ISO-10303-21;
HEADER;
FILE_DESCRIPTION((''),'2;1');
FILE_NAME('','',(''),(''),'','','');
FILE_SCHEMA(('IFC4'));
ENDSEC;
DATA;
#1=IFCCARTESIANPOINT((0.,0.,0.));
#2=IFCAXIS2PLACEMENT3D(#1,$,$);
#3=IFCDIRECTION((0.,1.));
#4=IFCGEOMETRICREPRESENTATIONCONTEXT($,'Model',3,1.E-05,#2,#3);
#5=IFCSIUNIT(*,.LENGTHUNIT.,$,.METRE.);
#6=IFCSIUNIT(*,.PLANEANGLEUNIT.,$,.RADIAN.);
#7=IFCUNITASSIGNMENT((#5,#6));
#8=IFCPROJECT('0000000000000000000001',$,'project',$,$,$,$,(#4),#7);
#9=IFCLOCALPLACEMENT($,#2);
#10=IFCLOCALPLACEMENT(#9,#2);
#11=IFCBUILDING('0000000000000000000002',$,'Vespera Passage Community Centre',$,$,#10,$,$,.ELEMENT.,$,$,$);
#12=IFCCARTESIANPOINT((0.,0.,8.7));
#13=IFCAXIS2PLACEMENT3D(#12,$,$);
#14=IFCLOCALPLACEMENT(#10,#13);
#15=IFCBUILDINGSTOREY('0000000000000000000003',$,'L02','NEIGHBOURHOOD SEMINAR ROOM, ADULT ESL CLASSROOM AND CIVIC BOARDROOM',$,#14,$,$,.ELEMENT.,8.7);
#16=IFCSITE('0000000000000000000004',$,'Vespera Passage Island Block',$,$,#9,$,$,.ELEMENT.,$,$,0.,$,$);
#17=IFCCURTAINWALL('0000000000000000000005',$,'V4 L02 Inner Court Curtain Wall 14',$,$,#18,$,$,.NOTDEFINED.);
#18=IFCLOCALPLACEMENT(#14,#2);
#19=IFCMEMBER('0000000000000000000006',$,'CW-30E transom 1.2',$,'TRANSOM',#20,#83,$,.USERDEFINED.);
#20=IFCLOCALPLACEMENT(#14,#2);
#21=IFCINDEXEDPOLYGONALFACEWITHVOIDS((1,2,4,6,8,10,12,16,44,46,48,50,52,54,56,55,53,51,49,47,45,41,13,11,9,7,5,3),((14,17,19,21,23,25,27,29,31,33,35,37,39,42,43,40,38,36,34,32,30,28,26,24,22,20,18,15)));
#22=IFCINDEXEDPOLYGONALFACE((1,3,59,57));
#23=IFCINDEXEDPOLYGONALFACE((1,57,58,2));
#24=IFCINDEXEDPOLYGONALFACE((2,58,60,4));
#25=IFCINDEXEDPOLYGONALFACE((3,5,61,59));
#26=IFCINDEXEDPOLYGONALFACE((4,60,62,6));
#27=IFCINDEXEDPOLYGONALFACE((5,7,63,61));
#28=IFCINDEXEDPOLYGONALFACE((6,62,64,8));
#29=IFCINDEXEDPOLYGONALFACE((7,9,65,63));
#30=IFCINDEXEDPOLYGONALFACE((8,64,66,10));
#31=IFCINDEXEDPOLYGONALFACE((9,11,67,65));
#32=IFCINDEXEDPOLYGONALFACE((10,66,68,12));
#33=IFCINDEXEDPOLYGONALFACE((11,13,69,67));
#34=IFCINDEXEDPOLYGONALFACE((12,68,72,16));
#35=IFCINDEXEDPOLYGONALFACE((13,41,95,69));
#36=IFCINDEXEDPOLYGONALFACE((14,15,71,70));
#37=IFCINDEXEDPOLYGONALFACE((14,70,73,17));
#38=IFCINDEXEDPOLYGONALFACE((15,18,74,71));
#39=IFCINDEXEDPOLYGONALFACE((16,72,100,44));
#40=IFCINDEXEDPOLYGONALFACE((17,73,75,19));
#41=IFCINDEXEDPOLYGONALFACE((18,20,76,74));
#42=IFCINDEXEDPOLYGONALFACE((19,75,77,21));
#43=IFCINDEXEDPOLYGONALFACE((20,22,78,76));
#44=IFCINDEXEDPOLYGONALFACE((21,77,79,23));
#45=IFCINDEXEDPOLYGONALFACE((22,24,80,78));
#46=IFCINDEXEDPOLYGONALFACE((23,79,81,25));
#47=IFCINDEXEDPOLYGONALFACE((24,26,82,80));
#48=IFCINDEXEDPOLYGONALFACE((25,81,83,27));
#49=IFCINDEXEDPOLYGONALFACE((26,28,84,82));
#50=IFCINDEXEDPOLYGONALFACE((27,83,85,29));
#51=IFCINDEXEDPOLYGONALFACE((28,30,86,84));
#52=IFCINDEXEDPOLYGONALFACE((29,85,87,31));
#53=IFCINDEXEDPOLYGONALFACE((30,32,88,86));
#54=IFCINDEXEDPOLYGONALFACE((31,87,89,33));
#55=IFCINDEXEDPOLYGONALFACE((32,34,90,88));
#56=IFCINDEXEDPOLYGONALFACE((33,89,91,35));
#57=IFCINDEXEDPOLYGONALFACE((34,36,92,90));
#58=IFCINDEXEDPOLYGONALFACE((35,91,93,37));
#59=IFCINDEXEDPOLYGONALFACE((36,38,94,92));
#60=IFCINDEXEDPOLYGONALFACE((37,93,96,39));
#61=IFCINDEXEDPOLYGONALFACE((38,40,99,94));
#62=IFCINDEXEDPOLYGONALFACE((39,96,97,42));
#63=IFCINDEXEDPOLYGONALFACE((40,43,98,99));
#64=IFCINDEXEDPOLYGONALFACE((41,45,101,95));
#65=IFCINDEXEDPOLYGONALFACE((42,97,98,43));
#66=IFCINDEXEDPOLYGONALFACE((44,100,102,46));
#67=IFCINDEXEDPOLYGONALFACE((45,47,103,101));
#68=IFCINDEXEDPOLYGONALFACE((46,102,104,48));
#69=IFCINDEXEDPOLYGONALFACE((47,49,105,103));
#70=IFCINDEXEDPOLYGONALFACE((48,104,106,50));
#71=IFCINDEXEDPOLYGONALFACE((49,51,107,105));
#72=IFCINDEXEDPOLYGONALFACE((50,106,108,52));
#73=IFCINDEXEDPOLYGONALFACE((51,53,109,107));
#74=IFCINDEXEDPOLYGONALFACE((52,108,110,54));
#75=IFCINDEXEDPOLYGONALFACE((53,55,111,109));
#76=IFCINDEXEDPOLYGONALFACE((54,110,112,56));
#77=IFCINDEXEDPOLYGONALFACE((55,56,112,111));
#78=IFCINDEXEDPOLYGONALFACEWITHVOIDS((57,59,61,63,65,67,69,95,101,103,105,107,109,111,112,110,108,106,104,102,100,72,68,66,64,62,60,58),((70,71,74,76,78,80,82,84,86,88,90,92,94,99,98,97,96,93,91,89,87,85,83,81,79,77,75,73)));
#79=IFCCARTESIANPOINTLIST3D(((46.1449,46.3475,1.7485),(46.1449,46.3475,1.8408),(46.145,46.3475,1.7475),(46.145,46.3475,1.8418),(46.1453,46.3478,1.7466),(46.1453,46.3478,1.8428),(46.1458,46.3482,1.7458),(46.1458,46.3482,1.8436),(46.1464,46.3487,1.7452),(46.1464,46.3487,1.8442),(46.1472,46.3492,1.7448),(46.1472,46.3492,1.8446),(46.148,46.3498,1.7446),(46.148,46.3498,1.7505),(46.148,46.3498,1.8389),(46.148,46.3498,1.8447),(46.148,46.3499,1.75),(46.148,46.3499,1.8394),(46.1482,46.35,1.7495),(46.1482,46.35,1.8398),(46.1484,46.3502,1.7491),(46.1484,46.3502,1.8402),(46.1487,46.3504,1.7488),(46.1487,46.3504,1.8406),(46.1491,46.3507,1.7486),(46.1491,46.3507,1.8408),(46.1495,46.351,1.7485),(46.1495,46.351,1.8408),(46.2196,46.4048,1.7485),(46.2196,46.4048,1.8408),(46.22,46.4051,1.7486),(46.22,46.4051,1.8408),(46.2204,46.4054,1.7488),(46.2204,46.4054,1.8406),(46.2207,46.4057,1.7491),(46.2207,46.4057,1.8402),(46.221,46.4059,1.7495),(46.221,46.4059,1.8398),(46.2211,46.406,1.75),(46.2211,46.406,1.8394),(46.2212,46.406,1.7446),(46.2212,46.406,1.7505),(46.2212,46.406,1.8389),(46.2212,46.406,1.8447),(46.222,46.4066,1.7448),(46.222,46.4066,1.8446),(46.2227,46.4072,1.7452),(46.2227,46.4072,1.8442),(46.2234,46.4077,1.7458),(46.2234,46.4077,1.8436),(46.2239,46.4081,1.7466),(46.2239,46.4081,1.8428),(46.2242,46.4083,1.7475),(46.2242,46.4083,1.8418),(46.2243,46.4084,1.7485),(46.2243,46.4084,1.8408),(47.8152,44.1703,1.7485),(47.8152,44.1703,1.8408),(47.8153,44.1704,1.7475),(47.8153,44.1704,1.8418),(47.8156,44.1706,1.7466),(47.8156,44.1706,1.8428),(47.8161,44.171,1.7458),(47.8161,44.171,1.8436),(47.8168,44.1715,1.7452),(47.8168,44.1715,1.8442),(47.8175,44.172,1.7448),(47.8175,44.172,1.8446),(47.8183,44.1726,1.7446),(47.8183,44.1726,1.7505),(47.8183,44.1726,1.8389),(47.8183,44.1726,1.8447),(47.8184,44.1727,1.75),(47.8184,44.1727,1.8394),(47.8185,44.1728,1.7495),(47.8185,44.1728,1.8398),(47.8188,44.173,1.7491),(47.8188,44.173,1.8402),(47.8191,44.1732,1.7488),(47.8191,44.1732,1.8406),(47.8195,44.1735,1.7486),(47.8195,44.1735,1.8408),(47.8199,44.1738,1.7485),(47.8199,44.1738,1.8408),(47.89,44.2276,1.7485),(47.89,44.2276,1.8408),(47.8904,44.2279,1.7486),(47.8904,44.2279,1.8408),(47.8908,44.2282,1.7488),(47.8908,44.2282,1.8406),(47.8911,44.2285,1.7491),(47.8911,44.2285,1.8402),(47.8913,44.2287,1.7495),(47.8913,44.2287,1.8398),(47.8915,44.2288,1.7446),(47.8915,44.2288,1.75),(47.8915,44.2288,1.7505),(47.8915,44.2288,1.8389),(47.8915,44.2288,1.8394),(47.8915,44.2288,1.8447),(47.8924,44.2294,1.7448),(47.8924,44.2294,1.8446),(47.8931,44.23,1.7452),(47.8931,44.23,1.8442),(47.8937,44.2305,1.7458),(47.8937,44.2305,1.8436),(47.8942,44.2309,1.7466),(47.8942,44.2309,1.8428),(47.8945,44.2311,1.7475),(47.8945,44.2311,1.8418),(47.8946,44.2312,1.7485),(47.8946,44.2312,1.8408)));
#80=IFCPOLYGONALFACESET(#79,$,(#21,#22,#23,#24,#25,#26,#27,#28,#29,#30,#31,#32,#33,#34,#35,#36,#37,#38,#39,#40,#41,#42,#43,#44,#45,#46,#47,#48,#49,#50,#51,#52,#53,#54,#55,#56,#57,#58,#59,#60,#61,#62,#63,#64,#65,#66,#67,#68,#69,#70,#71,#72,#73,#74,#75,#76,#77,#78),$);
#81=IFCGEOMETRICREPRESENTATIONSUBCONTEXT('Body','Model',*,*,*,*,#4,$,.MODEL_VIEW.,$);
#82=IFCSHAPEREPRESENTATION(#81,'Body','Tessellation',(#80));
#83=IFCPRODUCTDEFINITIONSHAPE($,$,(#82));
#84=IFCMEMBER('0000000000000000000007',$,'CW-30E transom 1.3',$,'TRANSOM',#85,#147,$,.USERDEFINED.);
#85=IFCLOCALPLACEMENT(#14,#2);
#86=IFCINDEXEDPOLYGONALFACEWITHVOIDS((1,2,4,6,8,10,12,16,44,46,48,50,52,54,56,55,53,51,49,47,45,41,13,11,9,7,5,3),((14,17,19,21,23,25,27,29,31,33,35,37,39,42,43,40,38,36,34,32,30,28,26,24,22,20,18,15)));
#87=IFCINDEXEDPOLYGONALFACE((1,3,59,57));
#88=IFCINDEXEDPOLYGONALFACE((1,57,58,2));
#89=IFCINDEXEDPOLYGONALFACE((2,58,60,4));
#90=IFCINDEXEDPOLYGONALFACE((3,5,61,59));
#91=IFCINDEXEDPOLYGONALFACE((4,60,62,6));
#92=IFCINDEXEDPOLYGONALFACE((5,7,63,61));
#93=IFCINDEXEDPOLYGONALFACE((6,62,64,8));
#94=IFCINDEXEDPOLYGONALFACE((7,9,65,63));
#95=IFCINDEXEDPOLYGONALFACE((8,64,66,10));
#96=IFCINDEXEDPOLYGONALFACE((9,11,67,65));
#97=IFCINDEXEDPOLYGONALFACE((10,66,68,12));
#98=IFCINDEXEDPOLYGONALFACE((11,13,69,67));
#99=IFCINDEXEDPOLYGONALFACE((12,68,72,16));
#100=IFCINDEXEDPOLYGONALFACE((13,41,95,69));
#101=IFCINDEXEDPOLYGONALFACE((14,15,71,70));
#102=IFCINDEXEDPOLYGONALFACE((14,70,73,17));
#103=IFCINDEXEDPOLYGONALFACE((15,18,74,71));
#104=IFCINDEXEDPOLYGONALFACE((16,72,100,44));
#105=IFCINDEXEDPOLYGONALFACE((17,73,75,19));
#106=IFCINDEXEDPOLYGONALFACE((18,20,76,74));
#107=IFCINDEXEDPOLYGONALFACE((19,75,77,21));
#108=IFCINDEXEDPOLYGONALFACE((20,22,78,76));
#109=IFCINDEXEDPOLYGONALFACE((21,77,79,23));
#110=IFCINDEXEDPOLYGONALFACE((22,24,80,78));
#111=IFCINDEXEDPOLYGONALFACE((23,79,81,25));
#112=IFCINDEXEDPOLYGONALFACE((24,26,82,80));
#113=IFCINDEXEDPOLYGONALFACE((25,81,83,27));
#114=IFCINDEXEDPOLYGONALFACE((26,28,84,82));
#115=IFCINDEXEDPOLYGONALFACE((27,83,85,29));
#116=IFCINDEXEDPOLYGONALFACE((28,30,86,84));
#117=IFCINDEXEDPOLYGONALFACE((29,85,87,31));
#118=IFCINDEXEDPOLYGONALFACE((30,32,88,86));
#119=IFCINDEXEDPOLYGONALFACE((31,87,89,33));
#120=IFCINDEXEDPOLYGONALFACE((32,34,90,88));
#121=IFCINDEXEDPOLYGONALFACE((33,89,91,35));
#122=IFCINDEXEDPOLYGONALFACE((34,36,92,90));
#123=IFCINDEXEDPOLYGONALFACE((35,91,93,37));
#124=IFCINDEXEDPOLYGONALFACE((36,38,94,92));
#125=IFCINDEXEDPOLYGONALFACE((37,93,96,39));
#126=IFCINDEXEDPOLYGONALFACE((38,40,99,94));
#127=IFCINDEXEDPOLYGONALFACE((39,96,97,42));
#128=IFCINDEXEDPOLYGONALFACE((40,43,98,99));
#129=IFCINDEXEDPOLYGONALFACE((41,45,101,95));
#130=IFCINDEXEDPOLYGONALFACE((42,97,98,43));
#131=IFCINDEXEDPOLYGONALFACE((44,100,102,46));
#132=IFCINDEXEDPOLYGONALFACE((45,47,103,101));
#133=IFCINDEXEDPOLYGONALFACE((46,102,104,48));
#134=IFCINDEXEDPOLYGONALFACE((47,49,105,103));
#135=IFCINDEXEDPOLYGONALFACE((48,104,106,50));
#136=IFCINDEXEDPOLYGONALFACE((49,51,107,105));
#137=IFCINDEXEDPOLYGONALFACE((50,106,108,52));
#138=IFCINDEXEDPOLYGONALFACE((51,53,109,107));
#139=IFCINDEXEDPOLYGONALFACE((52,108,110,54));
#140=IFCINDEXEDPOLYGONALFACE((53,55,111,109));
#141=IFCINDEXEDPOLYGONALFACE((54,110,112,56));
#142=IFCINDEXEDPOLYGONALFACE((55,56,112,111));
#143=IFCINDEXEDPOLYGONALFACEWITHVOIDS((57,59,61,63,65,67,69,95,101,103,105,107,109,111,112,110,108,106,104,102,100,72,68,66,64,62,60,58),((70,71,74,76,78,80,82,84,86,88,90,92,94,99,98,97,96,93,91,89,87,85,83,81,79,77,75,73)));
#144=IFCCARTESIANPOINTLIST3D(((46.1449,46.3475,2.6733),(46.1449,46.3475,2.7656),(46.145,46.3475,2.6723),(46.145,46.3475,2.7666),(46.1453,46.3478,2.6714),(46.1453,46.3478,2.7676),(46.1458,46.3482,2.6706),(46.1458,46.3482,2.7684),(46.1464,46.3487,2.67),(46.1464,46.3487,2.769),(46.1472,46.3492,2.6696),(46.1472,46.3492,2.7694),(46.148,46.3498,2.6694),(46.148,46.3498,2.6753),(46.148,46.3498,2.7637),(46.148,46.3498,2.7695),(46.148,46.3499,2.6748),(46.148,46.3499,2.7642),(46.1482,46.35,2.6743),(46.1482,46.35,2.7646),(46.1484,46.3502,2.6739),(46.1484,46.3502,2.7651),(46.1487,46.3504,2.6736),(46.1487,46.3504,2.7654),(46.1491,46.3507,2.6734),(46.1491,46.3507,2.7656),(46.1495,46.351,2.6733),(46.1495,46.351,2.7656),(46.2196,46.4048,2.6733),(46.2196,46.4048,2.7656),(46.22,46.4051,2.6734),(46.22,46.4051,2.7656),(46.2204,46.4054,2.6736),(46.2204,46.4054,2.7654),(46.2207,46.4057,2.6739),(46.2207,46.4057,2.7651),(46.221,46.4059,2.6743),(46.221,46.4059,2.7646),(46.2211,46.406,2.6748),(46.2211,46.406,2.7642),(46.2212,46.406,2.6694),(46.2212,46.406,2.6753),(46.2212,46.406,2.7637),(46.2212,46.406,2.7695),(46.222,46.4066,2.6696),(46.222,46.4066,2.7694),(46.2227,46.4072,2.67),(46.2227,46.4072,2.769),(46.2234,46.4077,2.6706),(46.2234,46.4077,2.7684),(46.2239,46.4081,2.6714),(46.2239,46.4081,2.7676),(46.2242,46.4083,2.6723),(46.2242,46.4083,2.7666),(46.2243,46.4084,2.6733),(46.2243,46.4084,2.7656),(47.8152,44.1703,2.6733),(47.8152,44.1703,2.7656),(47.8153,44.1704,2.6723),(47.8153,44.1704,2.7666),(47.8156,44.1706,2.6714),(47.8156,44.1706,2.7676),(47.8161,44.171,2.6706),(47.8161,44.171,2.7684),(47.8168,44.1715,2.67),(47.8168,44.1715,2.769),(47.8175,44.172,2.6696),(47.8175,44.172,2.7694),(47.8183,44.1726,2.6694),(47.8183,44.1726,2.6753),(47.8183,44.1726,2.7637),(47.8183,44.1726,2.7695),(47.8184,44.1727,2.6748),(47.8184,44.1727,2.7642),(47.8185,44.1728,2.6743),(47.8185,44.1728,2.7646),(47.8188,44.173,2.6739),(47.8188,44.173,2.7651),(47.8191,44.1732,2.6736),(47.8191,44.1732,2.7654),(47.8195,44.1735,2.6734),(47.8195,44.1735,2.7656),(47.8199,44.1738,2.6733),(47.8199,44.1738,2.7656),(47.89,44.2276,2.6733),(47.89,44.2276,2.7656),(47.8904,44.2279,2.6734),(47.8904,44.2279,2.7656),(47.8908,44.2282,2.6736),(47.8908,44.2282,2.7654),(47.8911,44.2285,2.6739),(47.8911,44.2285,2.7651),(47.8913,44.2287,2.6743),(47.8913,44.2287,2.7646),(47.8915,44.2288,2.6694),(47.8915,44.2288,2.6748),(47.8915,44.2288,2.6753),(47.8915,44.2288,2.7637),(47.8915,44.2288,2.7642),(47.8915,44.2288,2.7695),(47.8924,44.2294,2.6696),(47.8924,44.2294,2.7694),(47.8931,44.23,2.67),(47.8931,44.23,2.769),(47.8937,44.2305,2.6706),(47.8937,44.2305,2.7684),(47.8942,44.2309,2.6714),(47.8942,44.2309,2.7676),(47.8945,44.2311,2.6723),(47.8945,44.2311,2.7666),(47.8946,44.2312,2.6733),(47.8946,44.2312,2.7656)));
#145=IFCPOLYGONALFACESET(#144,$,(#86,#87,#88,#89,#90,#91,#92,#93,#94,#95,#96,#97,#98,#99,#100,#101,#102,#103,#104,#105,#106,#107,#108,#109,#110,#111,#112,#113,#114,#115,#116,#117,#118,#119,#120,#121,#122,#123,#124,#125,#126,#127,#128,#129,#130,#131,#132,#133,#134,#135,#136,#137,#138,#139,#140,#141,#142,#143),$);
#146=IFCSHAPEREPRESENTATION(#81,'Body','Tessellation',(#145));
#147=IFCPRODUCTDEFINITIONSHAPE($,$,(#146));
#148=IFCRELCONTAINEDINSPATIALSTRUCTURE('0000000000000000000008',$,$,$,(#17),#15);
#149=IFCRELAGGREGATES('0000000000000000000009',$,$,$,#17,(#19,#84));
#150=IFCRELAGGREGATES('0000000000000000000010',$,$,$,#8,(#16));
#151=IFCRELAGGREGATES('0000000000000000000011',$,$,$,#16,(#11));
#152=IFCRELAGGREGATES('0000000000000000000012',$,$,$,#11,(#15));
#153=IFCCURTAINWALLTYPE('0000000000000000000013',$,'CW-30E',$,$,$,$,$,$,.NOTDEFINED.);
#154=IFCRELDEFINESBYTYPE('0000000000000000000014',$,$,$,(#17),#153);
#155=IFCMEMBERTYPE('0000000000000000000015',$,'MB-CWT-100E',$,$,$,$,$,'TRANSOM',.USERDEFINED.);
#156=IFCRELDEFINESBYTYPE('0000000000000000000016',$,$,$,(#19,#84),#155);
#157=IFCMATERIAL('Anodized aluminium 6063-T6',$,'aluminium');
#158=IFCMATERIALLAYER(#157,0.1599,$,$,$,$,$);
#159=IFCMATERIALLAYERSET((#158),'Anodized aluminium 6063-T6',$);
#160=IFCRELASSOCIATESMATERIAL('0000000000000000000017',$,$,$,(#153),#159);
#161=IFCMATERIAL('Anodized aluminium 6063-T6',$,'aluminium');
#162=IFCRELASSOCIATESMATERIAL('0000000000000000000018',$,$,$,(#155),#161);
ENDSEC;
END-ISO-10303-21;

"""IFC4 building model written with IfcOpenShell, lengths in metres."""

from ifc_helpers import new_model, si_unit, direction, frame, origin, origin_2d, place, context, subcontext, project, spatial, hollow_rectangle, extrude, material, layer, layer_set, material_profile, profile_set, type_object, element, aggregate, save


model = new_model("IFC4")

# Units and contexts
model_context = context("Model", 3, precision=1e-05, world=origin(), true_north=direction((0.0, 1.0)))
body_context = subcontext(model_context, "Body", "Model", "MODEL_VIEW")
ifc_project = project(units=[si_unit("LENGTHUNIT", "METRE"), si_unit("PLANEANGLEUNIT", "RADIAN")], contexts=[model_context])

# Site, building, storey
site_placement = place(None, origin())
site = spatial("IfcSite", under=ifc_project, at=site_placement, Name="Vespera Passage Island Block", CompositionType="ELEMENT", RefElevation=0.0)
building_placement = place(site_placement, origin())
building = spatial("IfcBuilding", under=site, at=building_placement, Name="Vespera Passage Community Centre", CompositionType="ELEMENT")
storey_placement = place(building_placement, frame((0.0, 0.0, 8.7)))
storey = spatial("IfcBuildingStorey", under=building, at=storey_placement, Name="L02", Description="NEIGHBOURHOOD SEMINAR ROOM, ADULT ESL CLASSROOM AND CIVIC BOARDROOM", CompositionType="ELEMENT", Elevation=8.7)

# Curtain wall
ifc_material_1 = material(Name="Anodized aluminium 6063-T6", Category="aluminium")
ifc_layer_1 = layer(ifc_material_1, 0.1599)
ifc_layer_set_1 = layer_set([ifc_layer_1], Name="Anodized aluminium 6063-T6")
curtain_wall_type_1 = type_object("IfcCurtainWallType", Name="CW-30E", PredefinedType="NOTDEFINED", material=ifc_layer_set_1)
curtain_wall_1_placement = place(storey_placement, origin())
curtain_wall_1 = element("IfcCurtainWall", 1, at=curtain_wall_1_placement, inside=storey, type_object=curtain_wall_type_1, Name="V4 L02 Inner Court Curtain Wall 14", PredefinedType="NOTDEFINED")

# Members
ifc_material_2 = material(Name="Anodized aluminium 6063-T6", Category="aluminium")
ifc_material_profile_1 = material_profile(ifc_material_2, hollow_rectangle(XDim=0.1001, YDim=0.1001, WallThickness=0.0039, InnerFilletRadius=0.002, OuterFilletRadius=0.0039, at=origin_2d()), Name="ALU100X100X4")
ifc_profile_set_1 = profile_set([ifc_material_profile_1], Name="Anodized aluminium 6063-T6")
member_type_1 = type_object("IfcMemberType", Name="MB-CWT-100E", ElementType="TRANSOM", PredefinedType="USERDEFINED", material=ifc_profile_set_1)
member_1_placement = place(storey_placement, frame((46.1846, 46.3779, 1.7947), z_axis=(0.608704, -0.793397, 0.0), x_axis=(0.793397, 0.608704, 0.0)))
member_1 = element("IfcMember", 2, at=member_1_placement, type_object=member_type_1, Name="CW-30E transom 1.2", ObjectType="TRANSOM", PredefinedType="USERDEFINED", context=body_context, shape_type="SweptSolid", body=[
    extrude(hollow_rectangle(XDim=0.1001, YDim=0.1001, WallThickness=0.0039, InnerFilletRadius=0.002, OuterFilletRadius=0.0039, at=origin_2d()), origin(), (0.0, 0.0, 1.0), 2.7441),
])
member_2_placement = place(storey_placement, frame((46.1846, 46.3779, 2.7195), z_axis=(0.608704, -0.793397, 0.0), x_axis=(0.793397, 0.608704, 0.0)))
member_2 = element("IfcMember", 3, at=member_2_placement, type_object=member_type_1, Name="CW-30E transom 1.3", ObjectType="TRANSOM", PredefinedType="USERDEFINED", context=body_context, shape_type="SweptSolid", body=[
    extrude(hollow_rectangle(XDim=0.1001, YDim=0.1001, WallThickness=0.0039, InnerFilletRadius=0.002, OuterFilletRadius=0.0039, at=origin_2d()), origin(), (0.0, 0.0, 1.0), 2.7441),
])
aggregate(curtain_wall_1, [member_1, member_2])

save(model, "model.ifc")
